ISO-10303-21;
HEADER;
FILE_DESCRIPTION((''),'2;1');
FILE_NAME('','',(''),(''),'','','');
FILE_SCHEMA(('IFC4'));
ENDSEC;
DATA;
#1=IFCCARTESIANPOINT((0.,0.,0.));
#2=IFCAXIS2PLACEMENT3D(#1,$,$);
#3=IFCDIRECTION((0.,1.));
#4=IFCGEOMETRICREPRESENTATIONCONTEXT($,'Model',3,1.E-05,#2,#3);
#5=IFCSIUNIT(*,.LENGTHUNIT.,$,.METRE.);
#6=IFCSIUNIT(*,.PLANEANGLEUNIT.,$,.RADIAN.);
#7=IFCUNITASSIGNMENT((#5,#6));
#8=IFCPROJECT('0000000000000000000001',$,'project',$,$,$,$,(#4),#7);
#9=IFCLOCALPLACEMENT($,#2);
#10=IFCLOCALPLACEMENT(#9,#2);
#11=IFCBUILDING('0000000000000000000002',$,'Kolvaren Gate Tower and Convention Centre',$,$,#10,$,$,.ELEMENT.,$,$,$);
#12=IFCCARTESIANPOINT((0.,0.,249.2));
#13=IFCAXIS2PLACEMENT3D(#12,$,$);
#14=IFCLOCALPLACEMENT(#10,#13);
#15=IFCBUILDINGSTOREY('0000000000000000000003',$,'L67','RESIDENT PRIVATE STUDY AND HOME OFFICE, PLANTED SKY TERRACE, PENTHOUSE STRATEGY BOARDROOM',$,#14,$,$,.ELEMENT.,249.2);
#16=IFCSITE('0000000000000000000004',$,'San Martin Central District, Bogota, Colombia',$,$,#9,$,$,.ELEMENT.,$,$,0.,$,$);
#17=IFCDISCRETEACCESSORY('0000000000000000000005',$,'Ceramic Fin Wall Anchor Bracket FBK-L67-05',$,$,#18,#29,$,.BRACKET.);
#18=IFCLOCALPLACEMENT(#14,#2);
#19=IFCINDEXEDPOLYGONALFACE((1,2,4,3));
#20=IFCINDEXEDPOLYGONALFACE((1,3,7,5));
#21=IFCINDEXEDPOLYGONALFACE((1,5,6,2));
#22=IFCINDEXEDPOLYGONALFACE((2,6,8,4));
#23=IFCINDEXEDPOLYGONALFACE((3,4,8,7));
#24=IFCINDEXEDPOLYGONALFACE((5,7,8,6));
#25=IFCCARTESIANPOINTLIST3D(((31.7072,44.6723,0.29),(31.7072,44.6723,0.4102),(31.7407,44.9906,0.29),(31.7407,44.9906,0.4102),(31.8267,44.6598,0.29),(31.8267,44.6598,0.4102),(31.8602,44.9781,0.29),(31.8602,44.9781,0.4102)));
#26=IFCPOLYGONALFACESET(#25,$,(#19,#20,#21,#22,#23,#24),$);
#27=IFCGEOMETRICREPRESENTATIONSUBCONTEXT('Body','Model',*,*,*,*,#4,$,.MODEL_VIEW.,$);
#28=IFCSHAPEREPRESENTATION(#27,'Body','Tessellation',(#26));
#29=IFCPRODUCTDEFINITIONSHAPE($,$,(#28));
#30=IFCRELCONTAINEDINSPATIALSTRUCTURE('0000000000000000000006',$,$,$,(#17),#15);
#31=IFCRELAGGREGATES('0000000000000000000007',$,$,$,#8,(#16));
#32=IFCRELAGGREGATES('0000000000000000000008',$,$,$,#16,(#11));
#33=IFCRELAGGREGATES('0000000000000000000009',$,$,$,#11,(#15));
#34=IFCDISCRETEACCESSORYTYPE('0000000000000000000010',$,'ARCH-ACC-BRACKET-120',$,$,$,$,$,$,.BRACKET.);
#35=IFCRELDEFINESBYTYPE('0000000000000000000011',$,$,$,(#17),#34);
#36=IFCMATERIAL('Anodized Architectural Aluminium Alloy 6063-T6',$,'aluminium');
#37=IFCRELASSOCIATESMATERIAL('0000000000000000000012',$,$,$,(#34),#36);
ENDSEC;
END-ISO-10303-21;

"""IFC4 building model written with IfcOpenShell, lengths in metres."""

from ifc_helpers import new_model, si_unit, direction, frame, origin, origin_2d, place, context, subcontext, project, spatial, rectangle, extrude, material, type_object, element, save


model = new_model("IFC4")

# Units and contexts
model_context = context("Model", 3, precision=1e-05, world=origin(), true_north=direction((0.0, 1.0)))
body_context = subcontext(model_context, "Body", "Model", "MODEL_VIEW")
ifc_project = project(units=[si_unit("LENGTHUNIT", "METRE"), si_unit("PLANEANGLEUNIT", "RADIAN")], contexts=[model_context])

# Site, building, storey
site_placement = place(None, origin())
site = spatial("IfcSite", under=ifc_project, at=site_placement, Name="San Martin Central District, Bogota, Colombia", CompositionType="ELEMENT", RefElevation=0.0)
building_placement = place(site_placement, origin())
building = spatial("IfcBuilding", under=site, at=building_placement, Name="Kolvaren Gate Tower and Convention Centre", CompositionType="ELEMENT")
storey_placement = place(building_placement, frame((0.0, 0.0, 249.2)))
storey = spatial("IfcBuildingStorey", under=building, at=storey_placement, Name="L67", Description="RESIDENT PRIVATE STUDY AND HOME OFFICE, PLANTED SKY TERRACE, PENTHOUSE STRATEGY BOARDROOM", CompositionType="ELEMENT", Elevation=249.2)

# Discrete accessory
ifc_material_1 = material(Name="Anodized Architectural Aluminium Alloy 6063-T6", Category="aluminium")
discrete_accessory_type = type_object("IfcDiscreteAccessoryType", Name="ARCH-ACC-BRACKET-120", PredefinedType="BRACKET", material=ifc_material_1)
discrete_accessory_placement = place(storey_placement, frame((31.7837, 44.8252, 0.29), z_axis=(0.0, 0.0, 1.0), x_axis=(0.9945, -0.104737, 0.0)))
element("IfcDiscreteAccessory", 1, at=discrete_accessory_placement, inside=storey, type_object=discrete_accessory_type, Name="Ceramic Fin Wall Anchor Bracket FBK-L67-05", PredefinedType="BRACKET", context=body_context, shape_type="SweptSolid", body=[
    extrude(rectangle(XDim=0.1201, YDim=0.3201, at=origin_2d()), origin(), (0.0, 0.0, 1.0), 0.1201),
])

save(model, "model.ifc")
